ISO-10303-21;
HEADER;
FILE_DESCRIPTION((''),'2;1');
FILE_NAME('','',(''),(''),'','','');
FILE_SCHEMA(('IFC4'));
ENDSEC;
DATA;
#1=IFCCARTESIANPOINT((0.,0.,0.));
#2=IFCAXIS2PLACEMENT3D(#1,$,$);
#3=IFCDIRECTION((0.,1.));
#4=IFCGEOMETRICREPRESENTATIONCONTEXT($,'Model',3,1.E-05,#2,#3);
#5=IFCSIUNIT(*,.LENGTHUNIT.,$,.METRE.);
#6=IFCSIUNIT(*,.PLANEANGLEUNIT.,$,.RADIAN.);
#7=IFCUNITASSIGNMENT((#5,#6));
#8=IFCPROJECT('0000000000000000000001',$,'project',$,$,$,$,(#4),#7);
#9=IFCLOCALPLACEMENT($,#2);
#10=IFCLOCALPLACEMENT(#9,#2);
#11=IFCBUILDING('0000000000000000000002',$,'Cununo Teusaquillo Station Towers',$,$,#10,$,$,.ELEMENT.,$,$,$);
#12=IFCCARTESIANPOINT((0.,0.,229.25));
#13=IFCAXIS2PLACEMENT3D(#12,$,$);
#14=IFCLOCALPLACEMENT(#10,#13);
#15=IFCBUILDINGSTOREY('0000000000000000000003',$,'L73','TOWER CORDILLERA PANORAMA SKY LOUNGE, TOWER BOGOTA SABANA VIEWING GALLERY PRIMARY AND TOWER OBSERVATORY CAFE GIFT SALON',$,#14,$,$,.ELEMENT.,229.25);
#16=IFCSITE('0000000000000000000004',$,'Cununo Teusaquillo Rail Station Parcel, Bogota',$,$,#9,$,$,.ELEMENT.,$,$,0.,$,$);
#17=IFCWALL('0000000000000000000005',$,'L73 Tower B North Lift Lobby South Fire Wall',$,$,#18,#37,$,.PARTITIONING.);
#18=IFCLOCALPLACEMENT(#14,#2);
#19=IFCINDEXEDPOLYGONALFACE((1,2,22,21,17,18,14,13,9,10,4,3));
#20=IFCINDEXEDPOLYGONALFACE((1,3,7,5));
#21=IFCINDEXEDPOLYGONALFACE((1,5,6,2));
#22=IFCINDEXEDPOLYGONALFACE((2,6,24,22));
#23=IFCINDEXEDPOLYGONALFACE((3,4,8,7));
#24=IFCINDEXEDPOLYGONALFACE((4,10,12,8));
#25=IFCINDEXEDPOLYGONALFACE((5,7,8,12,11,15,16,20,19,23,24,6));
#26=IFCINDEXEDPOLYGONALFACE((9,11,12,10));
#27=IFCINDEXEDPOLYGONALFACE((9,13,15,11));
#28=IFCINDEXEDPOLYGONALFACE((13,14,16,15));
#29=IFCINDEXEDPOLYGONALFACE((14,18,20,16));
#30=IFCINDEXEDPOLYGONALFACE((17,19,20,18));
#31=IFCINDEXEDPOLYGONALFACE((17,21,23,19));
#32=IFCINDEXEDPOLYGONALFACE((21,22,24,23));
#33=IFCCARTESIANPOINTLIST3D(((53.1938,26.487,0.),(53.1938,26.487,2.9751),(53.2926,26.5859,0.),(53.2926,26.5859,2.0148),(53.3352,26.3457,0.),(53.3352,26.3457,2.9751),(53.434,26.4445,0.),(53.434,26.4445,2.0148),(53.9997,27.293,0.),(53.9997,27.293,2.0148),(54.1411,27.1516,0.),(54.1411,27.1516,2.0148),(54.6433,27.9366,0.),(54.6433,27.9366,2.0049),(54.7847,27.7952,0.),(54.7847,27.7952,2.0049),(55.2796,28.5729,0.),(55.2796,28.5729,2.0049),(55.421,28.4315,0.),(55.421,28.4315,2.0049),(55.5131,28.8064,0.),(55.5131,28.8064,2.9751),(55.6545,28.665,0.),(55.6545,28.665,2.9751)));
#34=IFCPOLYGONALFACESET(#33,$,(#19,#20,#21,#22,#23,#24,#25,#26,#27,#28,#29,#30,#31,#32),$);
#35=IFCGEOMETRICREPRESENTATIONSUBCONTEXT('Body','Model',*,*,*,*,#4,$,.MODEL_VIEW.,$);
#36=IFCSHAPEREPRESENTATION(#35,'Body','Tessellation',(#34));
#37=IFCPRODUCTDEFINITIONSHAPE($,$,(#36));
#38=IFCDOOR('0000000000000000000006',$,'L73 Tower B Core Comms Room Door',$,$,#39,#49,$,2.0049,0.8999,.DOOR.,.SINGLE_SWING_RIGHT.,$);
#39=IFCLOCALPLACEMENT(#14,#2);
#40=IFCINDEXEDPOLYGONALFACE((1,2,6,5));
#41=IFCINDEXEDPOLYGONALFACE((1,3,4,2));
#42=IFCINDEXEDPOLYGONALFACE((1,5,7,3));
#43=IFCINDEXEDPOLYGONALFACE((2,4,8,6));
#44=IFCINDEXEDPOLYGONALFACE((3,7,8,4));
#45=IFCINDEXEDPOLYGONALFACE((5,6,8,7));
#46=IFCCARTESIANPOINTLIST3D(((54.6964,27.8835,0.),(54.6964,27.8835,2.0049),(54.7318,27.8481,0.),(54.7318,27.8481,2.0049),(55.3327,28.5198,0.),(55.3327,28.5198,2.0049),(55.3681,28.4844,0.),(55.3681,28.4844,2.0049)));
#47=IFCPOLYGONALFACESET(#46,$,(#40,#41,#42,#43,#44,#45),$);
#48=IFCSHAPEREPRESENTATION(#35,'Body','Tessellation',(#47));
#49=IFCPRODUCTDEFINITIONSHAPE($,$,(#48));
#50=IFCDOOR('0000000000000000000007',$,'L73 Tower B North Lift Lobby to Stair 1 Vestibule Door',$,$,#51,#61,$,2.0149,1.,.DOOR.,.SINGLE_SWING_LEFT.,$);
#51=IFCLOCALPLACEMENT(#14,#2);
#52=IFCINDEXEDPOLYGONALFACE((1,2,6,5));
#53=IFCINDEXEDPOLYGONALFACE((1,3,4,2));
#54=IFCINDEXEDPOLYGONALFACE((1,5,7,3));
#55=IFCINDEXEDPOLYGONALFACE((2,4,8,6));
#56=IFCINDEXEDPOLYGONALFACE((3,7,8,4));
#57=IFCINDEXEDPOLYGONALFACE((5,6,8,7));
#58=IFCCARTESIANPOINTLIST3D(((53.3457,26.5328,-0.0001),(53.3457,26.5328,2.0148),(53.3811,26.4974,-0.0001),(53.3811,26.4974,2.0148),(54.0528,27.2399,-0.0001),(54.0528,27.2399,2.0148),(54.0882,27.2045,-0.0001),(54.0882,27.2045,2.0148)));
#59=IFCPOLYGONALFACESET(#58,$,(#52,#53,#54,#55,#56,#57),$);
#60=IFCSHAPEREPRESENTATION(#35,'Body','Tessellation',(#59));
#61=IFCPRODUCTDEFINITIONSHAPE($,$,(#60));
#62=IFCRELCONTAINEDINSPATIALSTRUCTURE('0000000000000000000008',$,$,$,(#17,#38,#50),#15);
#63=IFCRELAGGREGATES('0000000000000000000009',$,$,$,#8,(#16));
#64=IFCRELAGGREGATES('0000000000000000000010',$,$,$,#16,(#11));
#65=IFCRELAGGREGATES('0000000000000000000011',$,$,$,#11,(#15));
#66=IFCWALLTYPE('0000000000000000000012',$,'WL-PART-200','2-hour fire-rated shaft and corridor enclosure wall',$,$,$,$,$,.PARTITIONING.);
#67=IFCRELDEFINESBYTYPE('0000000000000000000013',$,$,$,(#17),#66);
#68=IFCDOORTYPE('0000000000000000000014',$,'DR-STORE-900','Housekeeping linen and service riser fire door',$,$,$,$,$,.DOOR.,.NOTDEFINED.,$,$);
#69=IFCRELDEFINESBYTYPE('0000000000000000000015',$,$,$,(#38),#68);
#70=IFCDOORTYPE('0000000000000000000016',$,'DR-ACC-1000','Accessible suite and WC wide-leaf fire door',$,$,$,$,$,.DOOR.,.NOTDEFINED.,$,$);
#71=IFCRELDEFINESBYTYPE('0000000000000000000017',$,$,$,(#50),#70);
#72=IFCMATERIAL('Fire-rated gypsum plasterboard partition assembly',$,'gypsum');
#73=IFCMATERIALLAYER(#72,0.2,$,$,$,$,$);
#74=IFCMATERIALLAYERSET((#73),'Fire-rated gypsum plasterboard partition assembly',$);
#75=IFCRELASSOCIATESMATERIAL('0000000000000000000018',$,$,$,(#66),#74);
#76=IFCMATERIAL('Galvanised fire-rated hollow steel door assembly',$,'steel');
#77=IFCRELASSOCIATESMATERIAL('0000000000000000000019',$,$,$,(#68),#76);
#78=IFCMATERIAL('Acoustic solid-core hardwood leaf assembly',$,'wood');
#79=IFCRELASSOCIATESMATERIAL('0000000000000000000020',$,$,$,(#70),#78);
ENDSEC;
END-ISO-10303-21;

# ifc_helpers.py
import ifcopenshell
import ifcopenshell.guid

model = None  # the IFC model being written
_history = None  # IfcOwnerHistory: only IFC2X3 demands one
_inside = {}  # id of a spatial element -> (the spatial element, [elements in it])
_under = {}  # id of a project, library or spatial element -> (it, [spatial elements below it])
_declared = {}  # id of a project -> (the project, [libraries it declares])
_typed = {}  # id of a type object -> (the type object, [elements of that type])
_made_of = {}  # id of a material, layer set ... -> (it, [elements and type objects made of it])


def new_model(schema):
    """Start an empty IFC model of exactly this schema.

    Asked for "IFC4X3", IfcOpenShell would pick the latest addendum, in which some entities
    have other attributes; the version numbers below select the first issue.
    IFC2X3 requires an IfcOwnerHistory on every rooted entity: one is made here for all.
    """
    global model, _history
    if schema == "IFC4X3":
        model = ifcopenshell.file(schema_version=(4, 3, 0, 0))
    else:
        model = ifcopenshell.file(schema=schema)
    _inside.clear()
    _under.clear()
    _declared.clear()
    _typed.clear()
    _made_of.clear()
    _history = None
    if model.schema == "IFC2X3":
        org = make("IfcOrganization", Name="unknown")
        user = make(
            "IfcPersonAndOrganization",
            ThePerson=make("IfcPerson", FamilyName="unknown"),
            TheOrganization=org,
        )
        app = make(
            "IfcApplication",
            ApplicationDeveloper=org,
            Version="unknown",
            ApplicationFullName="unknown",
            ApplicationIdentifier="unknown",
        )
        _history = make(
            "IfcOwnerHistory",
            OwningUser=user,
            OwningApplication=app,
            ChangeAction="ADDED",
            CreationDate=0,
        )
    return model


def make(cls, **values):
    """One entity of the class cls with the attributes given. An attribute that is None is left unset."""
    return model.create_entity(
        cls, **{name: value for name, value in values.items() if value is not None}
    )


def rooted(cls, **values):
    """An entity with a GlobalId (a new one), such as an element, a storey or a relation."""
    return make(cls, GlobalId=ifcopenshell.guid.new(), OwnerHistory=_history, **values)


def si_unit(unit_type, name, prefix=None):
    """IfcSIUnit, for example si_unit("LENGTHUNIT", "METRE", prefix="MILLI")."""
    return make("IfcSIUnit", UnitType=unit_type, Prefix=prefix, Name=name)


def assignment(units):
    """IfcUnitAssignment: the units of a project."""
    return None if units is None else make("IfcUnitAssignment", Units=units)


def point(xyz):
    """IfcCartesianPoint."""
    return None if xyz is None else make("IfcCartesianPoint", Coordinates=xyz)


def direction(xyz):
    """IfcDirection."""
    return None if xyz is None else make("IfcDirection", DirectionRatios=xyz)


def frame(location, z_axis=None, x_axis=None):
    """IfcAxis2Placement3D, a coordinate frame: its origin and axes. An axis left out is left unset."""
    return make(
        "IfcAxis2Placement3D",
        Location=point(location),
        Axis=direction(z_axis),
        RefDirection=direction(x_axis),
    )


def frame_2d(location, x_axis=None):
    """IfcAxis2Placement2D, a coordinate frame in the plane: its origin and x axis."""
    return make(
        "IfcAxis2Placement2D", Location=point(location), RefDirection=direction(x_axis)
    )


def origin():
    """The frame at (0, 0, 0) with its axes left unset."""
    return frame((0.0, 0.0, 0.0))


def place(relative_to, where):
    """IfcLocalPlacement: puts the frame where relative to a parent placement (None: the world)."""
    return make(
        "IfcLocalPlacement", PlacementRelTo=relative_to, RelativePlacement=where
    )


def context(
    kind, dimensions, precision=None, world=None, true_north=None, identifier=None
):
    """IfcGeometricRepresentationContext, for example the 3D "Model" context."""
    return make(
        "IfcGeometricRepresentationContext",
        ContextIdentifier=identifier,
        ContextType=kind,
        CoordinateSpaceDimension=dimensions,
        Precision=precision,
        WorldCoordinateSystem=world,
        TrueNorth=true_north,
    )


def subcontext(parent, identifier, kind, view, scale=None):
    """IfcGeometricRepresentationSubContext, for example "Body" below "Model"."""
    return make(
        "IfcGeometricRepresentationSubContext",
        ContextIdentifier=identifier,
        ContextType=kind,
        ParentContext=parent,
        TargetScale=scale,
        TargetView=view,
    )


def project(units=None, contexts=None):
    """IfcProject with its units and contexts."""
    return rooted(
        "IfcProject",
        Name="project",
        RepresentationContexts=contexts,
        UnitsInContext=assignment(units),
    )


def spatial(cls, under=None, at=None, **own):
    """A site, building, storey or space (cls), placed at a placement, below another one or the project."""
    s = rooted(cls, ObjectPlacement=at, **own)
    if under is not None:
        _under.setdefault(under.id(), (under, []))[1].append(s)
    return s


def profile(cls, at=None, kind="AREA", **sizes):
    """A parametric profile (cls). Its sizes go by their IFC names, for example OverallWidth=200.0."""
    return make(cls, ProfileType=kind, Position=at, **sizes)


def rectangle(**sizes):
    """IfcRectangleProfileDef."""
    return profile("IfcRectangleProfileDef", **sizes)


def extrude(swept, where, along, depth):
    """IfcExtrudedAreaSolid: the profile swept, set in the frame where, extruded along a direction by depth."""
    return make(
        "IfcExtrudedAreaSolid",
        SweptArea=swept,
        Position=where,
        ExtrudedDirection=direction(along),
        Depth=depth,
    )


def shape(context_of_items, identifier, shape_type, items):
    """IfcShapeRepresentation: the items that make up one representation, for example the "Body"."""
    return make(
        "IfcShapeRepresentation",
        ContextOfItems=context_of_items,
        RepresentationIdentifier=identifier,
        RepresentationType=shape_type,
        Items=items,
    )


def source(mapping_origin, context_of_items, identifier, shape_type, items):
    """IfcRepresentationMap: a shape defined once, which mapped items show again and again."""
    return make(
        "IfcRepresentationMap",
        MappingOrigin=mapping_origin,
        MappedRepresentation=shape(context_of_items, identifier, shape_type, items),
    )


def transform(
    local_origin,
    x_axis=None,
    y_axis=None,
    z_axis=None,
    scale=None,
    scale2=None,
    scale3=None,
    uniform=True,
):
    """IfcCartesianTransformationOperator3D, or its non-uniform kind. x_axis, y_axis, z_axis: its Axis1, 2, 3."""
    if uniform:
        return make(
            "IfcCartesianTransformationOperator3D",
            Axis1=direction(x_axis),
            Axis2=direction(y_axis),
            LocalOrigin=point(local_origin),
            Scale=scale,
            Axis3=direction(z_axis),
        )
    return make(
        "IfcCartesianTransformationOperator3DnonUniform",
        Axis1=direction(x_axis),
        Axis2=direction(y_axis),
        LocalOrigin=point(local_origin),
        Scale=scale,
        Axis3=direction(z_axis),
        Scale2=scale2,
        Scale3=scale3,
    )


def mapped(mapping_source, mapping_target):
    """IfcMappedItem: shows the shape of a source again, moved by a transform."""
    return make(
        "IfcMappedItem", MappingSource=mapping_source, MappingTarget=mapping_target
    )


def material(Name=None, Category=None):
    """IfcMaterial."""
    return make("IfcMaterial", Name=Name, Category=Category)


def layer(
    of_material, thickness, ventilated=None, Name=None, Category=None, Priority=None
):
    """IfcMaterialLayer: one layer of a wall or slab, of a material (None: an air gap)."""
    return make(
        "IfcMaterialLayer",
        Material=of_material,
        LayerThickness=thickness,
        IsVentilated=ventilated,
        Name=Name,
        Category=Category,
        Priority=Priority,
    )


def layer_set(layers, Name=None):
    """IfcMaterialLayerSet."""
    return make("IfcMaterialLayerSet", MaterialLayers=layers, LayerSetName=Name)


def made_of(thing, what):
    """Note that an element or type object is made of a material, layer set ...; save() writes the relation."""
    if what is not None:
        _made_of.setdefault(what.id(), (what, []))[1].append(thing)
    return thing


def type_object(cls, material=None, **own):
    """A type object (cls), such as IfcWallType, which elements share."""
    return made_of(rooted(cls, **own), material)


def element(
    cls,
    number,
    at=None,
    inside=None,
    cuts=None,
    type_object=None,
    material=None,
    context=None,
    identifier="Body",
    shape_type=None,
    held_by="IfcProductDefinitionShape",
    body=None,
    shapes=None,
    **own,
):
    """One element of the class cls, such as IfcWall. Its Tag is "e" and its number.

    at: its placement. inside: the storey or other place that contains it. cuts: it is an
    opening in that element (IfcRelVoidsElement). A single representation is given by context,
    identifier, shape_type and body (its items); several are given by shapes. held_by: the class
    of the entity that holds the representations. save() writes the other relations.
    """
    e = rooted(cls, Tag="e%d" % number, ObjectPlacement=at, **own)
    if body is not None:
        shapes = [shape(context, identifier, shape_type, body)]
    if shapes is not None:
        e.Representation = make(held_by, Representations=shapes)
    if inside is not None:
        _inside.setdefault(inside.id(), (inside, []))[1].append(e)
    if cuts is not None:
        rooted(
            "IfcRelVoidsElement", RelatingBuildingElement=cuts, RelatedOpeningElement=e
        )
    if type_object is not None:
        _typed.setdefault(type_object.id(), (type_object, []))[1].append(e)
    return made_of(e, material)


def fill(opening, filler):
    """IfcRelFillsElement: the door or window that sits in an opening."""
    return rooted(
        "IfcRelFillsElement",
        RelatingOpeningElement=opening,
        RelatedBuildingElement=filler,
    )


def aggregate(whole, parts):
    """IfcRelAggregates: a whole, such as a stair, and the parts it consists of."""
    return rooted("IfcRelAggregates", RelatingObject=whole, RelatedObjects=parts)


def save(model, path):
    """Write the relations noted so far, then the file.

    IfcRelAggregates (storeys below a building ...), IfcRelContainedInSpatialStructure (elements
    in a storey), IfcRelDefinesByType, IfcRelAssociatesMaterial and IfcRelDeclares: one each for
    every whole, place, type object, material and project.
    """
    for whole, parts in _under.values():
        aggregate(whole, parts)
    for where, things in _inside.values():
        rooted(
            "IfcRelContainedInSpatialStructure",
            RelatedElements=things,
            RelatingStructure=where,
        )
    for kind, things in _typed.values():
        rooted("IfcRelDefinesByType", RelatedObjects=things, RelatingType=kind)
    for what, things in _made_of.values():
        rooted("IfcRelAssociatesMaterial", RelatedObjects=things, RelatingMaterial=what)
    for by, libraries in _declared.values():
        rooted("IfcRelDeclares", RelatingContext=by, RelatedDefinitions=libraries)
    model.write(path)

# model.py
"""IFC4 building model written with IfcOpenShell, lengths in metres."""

from ifc_helpers import new_model, si_unit, direction, frame, frame_2d, origin, place, context, subcontext, project, spatial, rectangle, extrude, source, transform, mapped, material, layer, layer_set, type_object, element, fill, save


model = new_model("IFC4")

# Units and contexts
model_context = context("Model", 3, precision=1e-05, world=origin(), true_north=direction((0.0, 1.0)))
body_context = subcontext(model_context, "Body", "Model", "MODEL_VIEW")
ifc_project = project(units=[si_unit("LENGTHUNIT", "METRE"), si_unit("PLANEANGLEUNIT", "RADIAN")], contexts=[model_context])

# Site, building, storey
site_placement = place(None, origin())
site = spatial("IfcSite", under=ifc_project, at=site_placement, Name="Cununo Teusaquillo Rail Station Parcel, Bogota", CompositionType="ELEMENT", RefElevation=0.0)
building_placement = place(site_placement, origin())
building = spatial("IfcBuilding", under=site, at=building_placement, Name="Cununo Teusaquillo Station Towers", CompositionType="ELEMENT")
storey_placement = place(building_placement, frame((0.0, 0.0, 229.25)))
storey = spatial("IfcBuildingStorey", under=building, at=storey_placement, Name="L73", Description="TOWER CORDILLERA PANORAMA SKY LOUNGE, TOWER BOGOTA SABANA VIEWING GALLERY PRIMARY AND TOWER OBSERVATORY CAFE GIFT SALON", CompositionType="ELEMENT", Elevation=229.25)

# Shared definitions
shared_shape_1 = source(origin(), body_context, "Body", "SweptSolid", [
    extrude(rectangle(XDim=0.8999, YDim=2.0049, at=frame_2d((0.45, 1.0024))), frame((0.0, 0.0249, 0.0), z_axis=(0.0, -1.0, 0.0), x_axis=(1.0, 0.0, 0.0)), (0.0, 0.0, 1.0), 0.05),
])
ifc_material_1 = material(Name="Fire-rated gypsum plasterboard partition assembly", Category="gypsum")
ifc_layer_1 = layer(ifc_material_1, 0.2)
ifc_layer_set_1 = layer_set([ifc_layer_1], Name="Fire-rated gypsum plasterboard partition assembly")
wall_type_1 = type_object("IfcWallType", Name="WL-PART-200", Description="2-hour fire-rated shaft and corridor enclosure wall", PredefinedType="PARTITIONING", material=ifc_layer_set_1)
shared_shape_2 = source(origin(), body_context, "Body", "SweptSolid", [
    extrude(rectangle(XDim=0.8999, YDim=2.0049, at=frame_2d((0.45, 1.0024))), frame((0.0, 0.1099, 0.0), z_axis=(0.0, -1.0, 0.0), x_axis=(1.0, 0.0, 0.0)), (0.0, 0.0, 1.0), 0.22),
])
ifc_material_2 = material(Name="Galvanised fire-rated hollow steel door assembly", Category="steel")
door_type_1 = type_object("IfcDoorType", Name="DR-STORE-900", Description="Housekeeping linen and service riser fire door", OperationType="NOTDEFINED", PredefinedType="DOOR", material=ifc_material_2)

# Wall, openings, doors
wall_1_placement = place(storey_placement, frame((53.2644, 26.4163, 0.0), z_axis=(0.0, 0.0, 1.0), x_axis=(0.707107, 0.707107, 0.0)))
wall_1 = element("IfcWall", 1, at=wall_1_placement, inside=storey, type_object=wall_type_1, Name="L73 Tower B North Lift Lobby South Fire Wall", PredefinedType="PARTITIONING", context=body_context, shape_type="SweptSolid", body=[
    extrude(rectangle(XDim=3.28, YDim=0.2, at=frame_2d((1.6401, 0.0))), origin(), (0.0, 0.0, 1.0), 2.9751),
])
shared_shape_3 = source(origin(), body_context, "Body", "SweptSolid", [
    extrude(rectangle(XDim=1.0, YDim=2.0149, at=frame_2d((0.5, 1.0073))), frame((0.0, 0.1099, 0.0), z_axis=(0.0, -1.0, 0.0), x_axis=(1.0, 0.0, 0.0)), (0.0, 0.0, 1.0), 0.22),
])
opening_1_placement = place(wall_1_placement, frame((0.1399, 0.0, 0.0)))
opening_1 = element("IfcOpeningElement", 2, at=opening_1_placement, cuts=wall_1, PredefinedType="OPENING", context=body_context, shape_type="MappedRepresentation", body=[
    mapped(shared_shape_3, transform((0.0, 0.0, 0.0), x_axis=(1.0, 0.0, 0.0), y_axis=(0.0, 1.0, 0.0), z_axis=(0.0, 0.0, 1.0), scale=1.0)),
])
opening_2_placement = place(wall_1_placement, frame((2.05, 0.0, 0.0)))
opening_2 = element("IfcOpeningElement", 3, at=opening_2_placement, cuts=wall_1, PredefinedType="OPENING", context=body_context, shape_type="MappedRepresentation", body=[
    mapped(shared_shape_2, transform((0.0, 0.0, 0.0), x_axis=(1.0, 0.0, 0.0), y_axis=(0.0, 1.0, 0.0), z_axis=(0.0, 0.0, 1.0), scale=1.0)),
])
door_1_placement = place(opening_2_placement, origin())
door_1 = element("IfcDoor", 4, at=door_1_placement, inside=storey, type_object=door_type_1, Name="L73 Tower B Core Comms Room Door", OperationType="SINGLE_SWING_RIGHT", OverallHeight=2.0049, OverallWidth=0.8999, PredefinedType="DOOR", context=body_context, shape_type="MappedRepresentation", body=[
    mapped(shared_shape_1, transform((0.0, 0.0, 0.0), x_axis=(1.0, 0.0, 0.0), y_axis=(0.0, 1.0, 0.0), z_axis=(0.0, 0.0, 1.0), scale=1.0)),
])
fill(opening_2, door_1)
ifc_material_3 = material(Name="Acoustic solid-core hardwood leaf assembly", Category="wood")
door_type_2 = type_object("IfcDoorType", Name="DR-ACC-1000", Description="Accessible suite and WC wide-leaf fire door", OperationType="NOTDEFINED", PredefinedType="DOOR", material=ifc_material_3)
shared_shape_4 = source(origin(), body_context, "Body", "SweptSolid", [
    extrude(rectangle(XDim=1.0, YDim=2.0149, at=frame_2d((0.5, 1.0073))), frame((0.0, 0.0249, 0.0), z_axis=(0.0, -1.0, 0.0), x_axis=(1.0, 0.0, 0.0)), (0.0, 0.0, 1.0), 0.05),
])
door_2_placement = place(opening_1_placement, origin())
door_2 = element("IfcDoor", 5, at=door_2_placement, inside=storey, type_object=door_type_2, Name="L73 Tower B North Lift Lobby to Stair 1 Vestibule Door", OperationType="SINGLE_SWING_LEFT", OverallHeight=2.0149, OverallWidth=1.0, PredefinedType="DOOR", context=body_context, shape_type="MappedRepresentation", body=[
    mapped(shared_shape_4, transform((0.0, 0.0, 0.0), x_axis=(1.0, 0.0, 0.0), y_axis=(0.0, 1.0, 0.0), z_axis=(0.0, 0.0, 1.0), scale=1.0)),
])
fill(opening_1, door_2)

save(model, "model.ifc")
